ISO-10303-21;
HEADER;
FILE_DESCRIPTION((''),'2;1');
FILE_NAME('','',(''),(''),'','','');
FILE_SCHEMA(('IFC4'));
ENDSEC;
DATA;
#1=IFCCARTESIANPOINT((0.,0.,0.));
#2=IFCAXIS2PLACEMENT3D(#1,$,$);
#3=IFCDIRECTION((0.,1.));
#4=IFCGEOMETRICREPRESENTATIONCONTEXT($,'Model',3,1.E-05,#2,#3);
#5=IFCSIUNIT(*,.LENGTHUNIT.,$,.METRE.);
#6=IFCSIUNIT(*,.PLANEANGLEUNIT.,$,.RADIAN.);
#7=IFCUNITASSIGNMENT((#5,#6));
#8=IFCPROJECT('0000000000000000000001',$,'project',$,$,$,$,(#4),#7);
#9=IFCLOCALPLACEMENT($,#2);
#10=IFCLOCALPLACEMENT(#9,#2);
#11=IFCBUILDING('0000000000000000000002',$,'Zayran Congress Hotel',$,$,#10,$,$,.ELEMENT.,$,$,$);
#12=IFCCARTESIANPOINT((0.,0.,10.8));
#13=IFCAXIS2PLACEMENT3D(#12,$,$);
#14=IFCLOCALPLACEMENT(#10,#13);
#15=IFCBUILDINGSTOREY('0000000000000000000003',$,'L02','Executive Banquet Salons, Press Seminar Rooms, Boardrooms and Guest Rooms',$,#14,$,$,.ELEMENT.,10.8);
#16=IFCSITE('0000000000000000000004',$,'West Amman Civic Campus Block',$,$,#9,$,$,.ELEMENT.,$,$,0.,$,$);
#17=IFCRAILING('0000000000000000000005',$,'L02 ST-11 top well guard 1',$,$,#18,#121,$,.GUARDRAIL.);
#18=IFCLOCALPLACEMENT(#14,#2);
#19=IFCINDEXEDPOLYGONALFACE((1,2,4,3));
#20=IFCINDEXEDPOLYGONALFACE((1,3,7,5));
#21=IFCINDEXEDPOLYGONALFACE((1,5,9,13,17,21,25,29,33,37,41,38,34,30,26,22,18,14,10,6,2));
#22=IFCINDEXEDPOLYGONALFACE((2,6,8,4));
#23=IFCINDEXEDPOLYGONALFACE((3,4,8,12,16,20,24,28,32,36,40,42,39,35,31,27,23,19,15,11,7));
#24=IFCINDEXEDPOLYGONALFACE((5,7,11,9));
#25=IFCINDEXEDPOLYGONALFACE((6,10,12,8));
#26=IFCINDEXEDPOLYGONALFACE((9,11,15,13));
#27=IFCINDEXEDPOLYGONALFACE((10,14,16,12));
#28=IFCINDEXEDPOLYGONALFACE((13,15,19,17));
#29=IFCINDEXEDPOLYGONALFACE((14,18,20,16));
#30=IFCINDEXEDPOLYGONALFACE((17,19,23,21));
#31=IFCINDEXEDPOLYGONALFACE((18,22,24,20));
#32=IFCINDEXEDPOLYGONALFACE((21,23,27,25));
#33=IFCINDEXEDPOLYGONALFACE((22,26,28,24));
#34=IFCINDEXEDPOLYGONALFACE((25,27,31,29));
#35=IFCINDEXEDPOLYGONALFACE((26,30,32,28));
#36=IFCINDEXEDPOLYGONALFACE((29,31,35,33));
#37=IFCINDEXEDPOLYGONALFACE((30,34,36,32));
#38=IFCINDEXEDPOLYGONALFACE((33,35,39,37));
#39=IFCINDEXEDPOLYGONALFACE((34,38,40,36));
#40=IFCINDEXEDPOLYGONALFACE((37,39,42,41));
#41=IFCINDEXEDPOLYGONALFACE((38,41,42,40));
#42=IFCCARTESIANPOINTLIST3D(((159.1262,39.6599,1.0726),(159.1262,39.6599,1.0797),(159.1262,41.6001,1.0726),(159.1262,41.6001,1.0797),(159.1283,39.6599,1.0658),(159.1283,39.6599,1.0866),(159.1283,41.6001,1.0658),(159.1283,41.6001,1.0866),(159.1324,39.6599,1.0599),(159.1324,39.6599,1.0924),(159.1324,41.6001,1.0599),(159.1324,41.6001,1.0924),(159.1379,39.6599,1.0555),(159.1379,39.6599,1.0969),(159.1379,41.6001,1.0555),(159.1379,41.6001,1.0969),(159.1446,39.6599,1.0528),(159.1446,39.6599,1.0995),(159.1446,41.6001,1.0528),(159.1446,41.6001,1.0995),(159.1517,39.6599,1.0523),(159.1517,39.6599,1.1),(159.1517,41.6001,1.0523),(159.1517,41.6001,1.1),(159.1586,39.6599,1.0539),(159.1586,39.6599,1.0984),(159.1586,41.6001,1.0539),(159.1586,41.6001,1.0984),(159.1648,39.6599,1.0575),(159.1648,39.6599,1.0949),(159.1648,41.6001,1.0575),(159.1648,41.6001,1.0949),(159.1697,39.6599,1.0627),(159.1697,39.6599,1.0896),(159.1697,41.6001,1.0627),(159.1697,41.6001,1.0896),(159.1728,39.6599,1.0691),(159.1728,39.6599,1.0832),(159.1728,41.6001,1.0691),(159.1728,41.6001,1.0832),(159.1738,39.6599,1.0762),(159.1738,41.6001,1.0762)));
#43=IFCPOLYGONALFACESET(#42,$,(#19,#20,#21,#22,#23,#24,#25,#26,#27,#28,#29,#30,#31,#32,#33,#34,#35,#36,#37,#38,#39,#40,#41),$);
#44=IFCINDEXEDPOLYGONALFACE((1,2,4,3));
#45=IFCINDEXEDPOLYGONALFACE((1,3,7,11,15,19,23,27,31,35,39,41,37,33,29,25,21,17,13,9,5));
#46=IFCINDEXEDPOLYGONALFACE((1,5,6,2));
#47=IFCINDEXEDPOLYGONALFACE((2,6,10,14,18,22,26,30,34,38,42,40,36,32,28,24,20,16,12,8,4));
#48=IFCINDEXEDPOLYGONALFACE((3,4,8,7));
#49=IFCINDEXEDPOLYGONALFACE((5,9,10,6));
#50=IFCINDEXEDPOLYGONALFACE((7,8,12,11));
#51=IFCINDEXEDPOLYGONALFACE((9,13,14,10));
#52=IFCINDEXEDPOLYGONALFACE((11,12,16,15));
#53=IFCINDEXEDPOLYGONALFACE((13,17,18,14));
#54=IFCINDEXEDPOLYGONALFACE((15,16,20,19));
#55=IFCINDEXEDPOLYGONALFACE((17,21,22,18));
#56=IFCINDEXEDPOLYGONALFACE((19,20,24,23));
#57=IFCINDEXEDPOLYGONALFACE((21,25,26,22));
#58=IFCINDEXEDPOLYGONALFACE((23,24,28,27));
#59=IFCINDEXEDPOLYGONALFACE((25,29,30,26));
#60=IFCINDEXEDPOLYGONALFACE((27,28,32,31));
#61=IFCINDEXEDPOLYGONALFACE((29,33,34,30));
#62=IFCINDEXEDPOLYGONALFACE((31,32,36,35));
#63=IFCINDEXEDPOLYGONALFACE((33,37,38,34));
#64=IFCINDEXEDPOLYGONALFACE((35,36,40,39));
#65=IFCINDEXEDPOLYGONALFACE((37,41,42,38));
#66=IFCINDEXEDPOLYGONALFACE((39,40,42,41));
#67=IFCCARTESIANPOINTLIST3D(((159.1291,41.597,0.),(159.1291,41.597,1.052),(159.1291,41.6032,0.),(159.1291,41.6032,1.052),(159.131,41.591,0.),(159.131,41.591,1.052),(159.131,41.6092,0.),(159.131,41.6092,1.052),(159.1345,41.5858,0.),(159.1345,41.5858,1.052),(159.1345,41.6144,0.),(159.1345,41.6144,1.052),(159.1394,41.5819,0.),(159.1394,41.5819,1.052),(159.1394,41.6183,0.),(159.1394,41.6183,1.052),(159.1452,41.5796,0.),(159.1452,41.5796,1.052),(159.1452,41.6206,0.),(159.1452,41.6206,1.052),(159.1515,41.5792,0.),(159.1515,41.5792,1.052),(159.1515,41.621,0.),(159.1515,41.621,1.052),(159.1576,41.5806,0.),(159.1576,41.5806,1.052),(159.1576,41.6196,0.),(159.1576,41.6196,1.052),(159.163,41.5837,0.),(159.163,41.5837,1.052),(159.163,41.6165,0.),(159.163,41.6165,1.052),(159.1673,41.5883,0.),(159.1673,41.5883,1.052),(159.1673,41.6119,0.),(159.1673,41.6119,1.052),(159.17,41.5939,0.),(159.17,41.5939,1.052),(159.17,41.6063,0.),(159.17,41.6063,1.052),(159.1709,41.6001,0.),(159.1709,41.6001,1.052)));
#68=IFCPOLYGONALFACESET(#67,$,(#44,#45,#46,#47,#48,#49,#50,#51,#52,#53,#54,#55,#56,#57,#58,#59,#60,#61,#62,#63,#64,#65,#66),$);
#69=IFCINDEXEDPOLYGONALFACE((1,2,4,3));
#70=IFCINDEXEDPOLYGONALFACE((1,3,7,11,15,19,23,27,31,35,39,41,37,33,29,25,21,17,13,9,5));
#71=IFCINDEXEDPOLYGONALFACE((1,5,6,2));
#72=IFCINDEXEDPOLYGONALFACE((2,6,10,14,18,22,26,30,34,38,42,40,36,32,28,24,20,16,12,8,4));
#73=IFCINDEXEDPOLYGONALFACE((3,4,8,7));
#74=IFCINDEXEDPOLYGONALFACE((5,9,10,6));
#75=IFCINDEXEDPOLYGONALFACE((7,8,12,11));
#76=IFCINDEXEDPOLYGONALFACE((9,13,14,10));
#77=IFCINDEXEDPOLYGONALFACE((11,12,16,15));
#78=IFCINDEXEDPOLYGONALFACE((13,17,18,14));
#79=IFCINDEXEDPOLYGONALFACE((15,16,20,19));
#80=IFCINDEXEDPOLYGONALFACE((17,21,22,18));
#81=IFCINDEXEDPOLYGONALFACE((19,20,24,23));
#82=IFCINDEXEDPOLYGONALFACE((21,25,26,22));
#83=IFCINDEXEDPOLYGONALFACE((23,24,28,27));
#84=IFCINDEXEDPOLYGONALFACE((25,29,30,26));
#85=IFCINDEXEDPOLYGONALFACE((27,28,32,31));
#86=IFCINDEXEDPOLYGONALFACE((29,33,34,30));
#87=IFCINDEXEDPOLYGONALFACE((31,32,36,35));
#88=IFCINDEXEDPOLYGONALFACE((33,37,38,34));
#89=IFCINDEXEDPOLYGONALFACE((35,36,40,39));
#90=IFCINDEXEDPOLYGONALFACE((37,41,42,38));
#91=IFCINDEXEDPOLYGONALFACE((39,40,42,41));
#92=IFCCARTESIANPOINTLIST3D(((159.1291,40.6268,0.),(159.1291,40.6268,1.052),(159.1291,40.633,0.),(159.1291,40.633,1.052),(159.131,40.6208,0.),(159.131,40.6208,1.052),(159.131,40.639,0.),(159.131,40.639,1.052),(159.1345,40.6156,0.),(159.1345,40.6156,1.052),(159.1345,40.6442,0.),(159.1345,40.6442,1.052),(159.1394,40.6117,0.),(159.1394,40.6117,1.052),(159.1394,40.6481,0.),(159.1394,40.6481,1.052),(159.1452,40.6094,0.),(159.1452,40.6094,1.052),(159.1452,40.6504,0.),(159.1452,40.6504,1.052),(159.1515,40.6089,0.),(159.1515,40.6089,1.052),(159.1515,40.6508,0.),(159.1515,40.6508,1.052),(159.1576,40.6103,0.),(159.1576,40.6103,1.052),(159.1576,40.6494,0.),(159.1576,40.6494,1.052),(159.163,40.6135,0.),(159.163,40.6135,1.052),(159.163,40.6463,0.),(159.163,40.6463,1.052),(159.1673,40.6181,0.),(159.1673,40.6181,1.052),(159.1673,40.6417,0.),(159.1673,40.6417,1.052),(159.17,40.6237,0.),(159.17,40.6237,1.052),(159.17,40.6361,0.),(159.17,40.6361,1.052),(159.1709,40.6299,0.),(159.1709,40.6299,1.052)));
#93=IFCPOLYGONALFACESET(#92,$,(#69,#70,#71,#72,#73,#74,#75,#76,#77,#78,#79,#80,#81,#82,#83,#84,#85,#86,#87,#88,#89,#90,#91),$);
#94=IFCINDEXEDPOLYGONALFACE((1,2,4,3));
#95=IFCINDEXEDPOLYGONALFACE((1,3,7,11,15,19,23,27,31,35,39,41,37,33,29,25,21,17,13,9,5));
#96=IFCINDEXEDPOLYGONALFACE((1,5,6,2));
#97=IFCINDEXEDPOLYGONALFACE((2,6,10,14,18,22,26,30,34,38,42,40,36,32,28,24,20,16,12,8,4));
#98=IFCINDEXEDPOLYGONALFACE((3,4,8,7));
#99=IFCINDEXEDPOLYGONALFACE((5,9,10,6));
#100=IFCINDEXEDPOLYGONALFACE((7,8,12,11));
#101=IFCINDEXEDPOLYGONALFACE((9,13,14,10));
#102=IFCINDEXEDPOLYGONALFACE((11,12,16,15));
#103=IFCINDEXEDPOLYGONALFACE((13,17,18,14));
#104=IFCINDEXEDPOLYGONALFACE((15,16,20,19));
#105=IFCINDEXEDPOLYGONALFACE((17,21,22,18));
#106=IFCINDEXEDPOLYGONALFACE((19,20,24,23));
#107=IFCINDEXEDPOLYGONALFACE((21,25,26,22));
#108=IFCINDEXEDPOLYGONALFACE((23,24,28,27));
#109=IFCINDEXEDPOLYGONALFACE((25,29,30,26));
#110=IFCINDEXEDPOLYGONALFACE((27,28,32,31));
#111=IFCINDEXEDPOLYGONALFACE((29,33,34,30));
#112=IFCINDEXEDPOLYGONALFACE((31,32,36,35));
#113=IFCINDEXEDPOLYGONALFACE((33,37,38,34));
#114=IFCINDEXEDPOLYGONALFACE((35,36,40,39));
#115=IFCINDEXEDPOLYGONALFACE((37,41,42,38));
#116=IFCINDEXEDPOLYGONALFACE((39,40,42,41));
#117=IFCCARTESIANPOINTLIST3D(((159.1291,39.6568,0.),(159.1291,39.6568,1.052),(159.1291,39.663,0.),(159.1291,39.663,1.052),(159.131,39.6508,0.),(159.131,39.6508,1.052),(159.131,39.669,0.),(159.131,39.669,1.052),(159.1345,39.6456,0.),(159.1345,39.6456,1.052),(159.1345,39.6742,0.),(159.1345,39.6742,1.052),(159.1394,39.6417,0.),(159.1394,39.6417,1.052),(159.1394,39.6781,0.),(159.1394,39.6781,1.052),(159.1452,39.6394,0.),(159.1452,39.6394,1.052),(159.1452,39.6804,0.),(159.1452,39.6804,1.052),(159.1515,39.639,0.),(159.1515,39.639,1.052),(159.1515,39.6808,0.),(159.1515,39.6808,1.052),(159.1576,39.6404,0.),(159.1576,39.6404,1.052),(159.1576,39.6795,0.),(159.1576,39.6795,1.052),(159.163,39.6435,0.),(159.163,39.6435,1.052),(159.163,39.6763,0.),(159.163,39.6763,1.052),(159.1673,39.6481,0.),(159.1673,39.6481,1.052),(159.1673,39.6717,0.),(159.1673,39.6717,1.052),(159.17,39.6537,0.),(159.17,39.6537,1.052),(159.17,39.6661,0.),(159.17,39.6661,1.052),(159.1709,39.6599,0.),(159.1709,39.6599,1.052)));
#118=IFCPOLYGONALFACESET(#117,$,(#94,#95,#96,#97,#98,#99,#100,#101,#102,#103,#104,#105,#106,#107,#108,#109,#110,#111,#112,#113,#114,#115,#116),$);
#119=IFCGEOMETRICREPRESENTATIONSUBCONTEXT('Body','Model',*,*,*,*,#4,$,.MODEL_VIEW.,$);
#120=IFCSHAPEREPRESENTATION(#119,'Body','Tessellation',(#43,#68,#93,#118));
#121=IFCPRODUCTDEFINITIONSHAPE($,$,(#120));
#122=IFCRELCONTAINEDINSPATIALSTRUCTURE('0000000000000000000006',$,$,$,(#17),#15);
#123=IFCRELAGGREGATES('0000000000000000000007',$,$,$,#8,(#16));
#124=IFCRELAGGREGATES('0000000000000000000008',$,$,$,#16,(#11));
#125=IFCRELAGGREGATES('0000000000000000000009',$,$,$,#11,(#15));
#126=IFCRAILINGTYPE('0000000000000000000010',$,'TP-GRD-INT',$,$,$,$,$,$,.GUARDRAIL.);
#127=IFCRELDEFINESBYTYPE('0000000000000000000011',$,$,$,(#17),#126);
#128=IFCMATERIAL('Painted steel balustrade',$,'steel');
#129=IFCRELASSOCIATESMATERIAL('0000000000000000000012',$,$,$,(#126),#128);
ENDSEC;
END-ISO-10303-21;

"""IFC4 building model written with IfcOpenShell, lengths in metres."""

from ifc_helpers import new_model, si_unit, direction, frame, origin, origin_2d, place, context, subcontext, project, spatial, circle, extrude, material, type_object, element, save


model = new_model("IFC4")

# Units and contexts
model_context = context("Model", 3, precision=1e-05, world=origin(), true_north=direction((0.0, 1.0)))
body_context = subcontext(model_context, "Body", "Model", "MODEL_VIEW")
ifc_project = project(units=[si_unit("LENGTHUNIT", "METRE"), si_unit("PLANEANGLEUNIT", "RADIAN")], contexts=[model_context])

# Site, building, storey
site_placement = place(None, origin())
site = spatial("IfcSite", under=ifc_project, at=site_placement, Name="West Amman Civic Campus Block", CompositionType="ELEMENT", RefElevation=0.0)
building_placement = place(site_placement, origin())
building = spatial("IfcBuilding", under=site, at=building_placement, Name="Zayran Congress Hotel", CompositionType="ELEMENT")
storey_placement = place(building_placement, frame((0.0, 0.0, 10.8)))
storey = spatial("IfcBuildingStorey", under=building, at=storey_placement, Name="L02", Description="Executive Banquet Salons, Press Seminar Rooms, Boardrooms and Guest Rooms", CompositionType="ELEMENT", Elevation=10.8)

# Railing
ifc_material_1 = material(Name="Painted steel balustrade", Category="steel")
railing_type = type_object("IfcRailingType", Name="TP-GRD-INT", PredefinedType="GUARDRAIL", material=ifc_material_1)
railing_placement = place(storey_placement, frame((159.1499, 41.6001, 0.0)))
element("IfcRailing", 1, at=railing_placement, inside=storey, type_object=railing_type, Name="L02 ST-11 top well guard 1", PredefinedType="GUARDRAIL", context=body_context, shape_type="SweptSolid", body=[
    extrude(circle(Radius=0.0239, at=origin_2d()), frame((0.0, 0.0, 1.0762), z_axis=(0.0, -1.0, 0.0), x_axis=(1.0, 0.0, 0.0)), (0.0, 0.0, 1.0), 1.9402),
    extrude(circle(Radius=0.021, at=origin_2d()), origin(), (0.0, 0.0, 1.0), 1.052),
    extrude(circle(Radius=0.021, at=origin_2d()), frame((0.0, -0.9702, 0.0)), (0.0, 0.0, 1.0), 1.052),
    extrude(circle(Radius=0.021, at=origin_2d()), frame((0.0, -1.9402, 0.0)), (0.0, 0.0, 1.0), 1.052),
])

save(model, "model.ifc")
